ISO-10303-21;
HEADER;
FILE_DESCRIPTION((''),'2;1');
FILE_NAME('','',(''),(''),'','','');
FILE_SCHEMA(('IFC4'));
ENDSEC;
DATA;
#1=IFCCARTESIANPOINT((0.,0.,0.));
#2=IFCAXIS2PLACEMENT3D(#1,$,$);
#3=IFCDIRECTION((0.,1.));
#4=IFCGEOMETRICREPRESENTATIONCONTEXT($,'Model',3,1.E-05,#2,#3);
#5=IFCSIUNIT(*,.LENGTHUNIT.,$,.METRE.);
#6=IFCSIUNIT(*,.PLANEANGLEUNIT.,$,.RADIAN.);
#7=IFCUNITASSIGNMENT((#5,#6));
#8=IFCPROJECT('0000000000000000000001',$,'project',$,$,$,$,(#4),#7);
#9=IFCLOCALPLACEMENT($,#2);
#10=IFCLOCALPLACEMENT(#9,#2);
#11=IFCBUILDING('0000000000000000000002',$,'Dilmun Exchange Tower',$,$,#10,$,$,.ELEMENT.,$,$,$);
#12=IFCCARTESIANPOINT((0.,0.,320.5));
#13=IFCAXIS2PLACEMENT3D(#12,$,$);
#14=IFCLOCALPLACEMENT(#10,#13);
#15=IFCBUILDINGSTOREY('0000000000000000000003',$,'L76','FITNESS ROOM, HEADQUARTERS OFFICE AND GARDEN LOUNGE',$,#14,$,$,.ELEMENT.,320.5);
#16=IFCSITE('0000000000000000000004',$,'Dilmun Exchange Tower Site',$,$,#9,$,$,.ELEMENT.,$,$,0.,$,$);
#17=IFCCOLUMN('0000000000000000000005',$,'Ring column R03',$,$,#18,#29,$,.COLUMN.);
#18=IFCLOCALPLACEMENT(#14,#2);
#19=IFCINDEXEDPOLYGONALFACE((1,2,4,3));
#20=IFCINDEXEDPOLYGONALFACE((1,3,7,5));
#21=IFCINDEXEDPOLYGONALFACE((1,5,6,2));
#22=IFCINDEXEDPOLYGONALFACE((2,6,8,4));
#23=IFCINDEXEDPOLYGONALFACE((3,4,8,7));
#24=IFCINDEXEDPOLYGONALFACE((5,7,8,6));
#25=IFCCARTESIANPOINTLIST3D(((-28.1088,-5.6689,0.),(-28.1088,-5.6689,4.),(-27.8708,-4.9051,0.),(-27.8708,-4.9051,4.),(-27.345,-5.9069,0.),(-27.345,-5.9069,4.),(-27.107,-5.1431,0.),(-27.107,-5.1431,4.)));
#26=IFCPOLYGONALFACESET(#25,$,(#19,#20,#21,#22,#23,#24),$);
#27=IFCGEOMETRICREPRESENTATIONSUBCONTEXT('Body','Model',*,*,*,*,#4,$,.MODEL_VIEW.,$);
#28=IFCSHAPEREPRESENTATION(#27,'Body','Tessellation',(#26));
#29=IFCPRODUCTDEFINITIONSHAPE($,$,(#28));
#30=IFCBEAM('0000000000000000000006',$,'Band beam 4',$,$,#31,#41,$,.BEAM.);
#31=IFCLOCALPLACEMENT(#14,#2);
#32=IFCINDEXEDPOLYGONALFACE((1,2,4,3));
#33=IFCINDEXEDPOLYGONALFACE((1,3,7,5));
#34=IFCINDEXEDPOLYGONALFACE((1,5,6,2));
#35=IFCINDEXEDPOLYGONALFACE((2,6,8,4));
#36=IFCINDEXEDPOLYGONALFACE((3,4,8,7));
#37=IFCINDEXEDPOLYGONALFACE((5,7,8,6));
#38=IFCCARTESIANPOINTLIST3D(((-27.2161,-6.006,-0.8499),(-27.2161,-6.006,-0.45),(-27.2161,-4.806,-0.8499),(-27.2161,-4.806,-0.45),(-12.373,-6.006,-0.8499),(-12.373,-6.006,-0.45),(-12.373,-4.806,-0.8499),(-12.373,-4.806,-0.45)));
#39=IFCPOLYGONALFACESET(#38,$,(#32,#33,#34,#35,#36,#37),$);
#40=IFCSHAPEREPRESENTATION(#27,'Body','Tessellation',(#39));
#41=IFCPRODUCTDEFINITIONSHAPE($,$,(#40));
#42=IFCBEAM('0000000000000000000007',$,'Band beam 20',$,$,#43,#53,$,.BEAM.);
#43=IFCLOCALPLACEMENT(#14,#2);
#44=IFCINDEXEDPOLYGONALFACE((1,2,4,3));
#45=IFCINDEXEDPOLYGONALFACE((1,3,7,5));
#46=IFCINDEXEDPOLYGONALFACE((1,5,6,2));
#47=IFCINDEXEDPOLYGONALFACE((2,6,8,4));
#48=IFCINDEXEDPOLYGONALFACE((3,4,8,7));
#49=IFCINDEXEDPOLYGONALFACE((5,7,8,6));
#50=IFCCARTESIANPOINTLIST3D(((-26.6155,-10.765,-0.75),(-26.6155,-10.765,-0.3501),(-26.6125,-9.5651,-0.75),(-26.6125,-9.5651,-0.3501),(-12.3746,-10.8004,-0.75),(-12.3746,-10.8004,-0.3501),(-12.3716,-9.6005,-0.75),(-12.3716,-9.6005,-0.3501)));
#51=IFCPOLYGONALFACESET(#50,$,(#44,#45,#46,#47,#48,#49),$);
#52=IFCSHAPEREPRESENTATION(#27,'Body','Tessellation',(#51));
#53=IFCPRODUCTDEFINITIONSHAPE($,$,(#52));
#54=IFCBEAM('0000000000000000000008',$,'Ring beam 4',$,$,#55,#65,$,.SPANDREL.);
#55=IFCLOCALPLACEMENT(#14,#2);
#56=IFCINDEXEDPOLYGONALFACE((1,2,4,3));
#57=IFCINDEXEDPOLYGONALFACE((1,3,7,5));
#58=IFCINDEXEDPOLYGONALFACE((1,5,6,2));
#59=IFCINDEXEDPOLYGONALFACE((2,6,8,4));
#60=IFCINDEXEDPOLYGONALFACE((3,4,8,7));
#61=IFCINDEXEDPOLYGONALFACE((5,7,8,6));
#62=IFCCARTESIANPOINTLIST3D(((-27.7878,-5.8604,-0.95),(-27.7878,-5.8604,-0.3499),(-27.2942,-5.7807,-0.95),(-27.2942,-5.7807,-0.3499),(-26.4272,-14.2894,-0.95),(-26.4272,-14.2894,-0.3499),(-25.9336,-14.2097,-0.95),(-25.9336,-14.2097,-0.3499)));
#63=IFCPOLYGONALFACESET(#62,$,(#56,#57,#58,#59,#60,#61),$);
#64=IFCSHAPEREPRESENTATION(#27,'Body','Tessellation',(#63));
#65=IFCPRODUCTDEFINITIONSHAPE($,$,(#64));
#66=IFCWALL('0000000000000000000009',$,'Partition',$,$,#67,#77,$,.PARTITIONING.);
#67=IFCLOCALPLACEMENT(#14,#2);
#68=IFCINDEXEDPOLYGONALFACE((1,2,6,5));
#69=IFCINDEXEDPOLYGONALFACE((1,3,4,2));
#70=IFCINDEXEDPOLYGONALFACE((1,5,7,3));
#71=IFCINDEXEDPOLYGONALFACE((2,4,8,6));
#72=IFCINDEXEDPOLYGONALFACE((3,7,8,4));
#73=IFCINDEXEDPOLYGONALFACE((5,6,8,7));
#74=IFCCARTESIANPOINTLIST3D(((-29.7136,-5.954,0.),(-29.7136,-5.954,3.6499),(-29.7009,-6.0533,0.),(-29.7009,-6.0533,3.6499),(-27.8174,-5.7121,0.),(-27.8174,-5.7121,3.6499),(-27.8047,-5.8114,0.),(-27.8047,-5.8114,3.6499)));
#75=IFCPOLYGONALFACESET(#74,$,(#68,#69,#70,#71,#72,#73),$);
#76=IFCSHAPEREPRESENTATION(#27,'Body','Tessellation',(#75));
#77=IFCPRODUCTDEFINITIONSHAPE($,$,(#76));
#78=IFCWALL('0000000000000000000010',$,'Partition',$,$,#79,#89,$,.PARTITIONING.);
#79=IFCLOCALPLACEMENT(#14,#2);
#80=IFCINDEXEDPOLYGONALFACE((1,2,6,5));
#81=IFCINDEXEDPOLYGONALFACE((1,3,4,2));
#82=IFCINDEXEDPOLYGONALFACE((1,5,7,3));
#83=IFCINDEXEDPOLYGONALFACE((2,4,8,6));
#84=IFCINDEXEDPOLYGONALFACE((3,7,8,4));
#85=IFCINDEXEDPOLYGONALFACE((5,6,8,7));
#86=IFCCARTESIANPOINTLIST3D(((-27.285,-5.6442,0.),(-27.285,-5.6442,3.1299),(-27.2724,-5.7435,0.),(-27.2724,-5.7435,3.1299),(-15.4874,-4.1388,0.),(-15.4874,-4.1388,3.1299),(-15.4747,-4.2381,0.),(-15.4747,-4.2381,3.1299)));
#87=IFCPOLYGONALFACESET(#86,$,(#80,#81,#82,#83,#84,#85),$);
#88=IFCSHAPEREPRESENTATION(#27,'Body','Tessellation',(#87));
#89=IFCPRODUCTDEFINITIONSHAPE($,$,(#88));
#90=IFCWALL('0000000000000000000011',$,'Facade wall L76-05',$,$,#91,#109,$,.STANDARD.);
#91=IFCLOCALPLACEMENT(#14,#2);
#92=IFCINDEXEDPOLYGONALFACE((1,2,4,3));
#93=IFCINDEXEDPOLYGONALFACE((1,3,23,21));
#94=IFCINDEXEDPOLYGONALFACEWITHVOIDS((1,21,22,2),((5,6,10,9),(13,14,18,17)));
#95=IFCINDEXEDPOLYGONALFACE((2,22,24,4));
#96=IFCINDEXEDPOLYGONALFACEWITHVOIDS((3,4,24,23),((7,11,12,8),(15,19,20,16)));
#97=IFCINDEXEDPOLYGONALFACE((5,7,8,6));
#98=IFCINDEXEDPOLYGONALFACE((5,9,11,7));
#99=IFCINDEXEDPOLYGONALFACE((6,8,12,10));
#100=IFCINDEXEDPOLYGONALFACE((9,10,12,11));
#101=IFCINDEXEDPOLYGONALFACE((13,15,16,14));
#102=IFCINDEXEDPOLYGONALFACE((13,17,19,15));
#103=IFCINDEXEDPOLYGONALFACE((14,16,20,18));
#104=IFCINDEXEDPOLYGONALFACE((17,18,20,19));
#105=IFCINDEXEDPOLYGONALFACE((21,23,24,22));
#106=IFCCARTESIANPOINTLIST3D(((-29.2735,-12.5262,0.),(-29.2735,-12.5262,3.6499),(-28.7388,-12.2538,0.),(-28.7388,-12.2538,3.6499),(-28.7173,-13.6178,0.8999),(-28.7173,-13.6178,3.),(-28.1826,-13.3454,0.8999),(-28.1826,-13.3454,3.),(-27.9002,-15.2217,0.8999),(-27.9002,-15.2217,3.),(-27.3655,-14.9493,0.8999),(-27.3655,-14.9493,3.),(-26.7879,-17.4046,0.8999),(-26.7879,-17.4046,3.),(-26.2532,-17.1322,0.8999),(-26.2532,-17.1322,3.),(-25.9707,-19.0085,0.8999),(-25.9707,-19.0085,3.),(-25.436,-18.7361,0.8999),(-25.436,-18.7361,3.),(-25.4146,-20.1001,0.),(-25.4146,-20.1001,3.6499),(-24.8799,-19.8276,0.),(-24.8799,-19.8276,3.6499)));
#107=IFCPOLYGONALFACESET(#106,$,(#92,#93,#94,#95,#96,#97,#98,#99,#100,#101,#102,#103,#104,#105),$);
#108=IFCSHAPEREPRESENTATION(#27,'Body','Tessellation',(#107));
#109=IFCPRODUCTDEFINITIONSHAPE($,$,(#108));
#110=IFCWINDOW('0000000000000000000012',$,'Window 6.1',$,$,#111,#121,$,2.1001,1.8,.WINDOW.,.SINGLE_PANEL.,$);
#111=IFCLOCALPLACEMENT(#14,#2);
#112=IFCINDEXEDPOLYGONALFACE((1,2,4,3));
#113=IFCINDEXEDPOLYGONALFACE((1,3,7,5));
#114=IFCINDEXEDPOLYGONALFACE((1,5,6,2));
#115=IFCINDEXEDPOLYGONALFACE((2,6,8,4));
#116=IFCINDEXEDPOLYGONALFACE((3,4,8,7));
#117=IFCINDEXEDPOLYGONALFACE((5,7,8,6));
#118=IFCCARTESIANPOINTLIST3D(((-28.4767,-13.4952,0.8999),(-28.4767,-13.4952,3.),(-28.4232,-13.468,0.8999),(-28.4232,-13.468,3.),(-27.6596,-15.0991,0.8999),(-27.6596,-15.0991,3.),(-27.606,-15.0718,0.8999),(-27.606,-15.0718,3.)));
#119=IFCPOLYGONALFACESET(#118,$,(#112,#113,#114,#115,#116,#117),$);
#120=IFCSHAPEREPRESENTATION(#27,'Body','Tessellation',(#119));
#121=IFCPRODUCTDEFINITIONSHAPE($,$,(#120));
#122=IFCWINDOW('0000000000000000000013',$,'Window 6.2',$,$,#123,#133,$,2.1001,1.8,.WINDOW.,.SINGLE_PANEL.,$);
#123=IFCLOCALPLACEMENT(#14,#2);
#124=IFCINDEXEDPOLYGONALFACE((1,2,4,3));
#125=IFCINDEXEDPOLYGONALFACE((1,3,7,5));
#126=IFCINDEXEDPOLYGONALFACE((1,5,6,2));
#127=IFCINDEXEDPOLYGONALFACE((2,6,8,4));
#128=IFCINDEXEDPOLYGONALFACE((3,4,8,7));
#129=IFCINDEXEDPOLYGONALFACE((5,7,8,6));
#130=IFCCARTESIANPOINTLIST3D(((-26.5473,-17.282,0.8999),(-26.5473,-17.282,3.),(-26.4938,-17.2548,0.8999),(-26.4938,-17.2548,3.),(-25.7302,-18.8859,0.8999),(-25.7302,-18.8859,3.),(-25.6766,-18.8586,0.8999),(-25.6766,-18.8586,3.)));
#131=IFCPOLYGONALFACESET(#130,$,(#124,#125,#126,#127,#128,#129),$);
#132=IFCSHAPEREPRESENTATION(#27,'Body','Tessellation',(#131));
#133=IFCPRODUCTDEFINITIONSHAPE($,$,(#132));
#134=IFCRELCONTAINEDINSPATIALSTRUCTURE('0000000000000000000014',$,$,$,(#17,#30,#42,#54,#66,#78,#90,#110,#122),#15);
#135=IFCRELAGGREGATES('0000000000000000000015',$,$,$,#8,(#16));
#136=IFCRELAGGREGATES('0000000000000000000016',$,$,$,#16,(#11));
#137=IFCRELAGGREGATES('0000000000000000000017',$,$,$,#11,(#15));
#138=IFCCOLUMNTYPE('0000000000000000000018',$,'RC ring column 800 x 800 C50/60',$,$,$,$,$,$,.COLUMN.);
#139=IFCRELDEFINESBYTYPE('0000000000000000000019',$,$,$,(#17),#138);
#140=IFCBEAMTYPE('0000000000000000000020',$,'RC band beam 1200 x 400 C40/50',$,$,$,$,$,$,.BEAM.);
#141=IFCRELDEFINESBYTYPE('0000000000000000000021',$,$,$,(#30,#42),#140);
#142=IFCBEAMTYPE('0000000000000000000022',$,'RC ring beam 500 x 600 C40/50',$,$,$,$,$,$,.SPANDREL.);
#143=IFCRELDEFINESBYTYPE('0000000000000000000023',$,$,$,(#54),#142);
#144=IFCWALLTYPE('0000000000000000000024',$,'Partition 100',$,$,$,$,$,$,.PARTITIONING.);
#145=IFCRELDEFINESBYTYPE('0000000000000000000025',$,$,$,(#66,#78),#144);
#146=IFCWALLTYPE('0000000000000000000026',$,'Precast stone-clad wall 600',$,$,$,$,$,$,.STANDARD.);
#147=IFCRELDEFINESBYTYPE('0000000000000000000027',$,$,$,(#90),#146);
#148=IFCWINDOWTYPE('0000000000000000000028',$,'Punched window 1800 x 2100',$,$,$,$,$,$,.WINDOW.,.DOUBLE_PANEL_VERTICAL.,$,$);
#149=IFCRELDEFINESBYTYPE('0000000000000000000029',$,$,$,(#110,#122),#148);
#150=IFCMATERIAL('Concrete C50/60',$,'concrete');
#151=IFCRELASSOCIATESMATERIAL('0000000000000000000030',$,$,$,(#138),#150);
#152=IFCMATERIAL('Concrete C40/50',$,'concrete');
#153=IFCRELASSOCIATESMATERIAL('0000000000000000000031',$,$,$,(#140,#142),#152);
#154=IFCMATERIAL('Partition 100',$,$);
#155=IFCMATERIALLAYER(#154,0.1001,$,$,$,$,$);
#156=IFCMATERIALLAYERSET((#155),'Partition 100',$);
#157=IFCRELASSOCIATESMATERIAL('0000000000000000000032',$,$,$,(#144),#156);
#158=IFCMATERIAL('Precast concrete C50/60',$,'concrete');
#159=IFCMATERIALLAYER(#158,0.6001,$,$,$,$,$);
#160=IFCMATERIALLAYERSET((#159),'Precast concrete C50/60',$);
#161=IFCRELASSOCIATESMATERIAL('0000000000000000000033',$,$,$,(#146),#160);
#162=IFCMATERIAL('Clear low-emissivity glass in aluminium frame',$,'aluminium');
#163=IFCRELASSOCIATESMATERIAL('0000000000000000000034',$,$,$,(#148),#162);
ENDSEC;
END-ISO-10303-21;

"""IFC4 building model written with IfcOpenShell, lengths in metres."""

from ifc_helpers import new_model, si_unit, direction, frame, frame_2d, origin, origin_2d, place, context, subcontext, project, spatial, rectangle, extrude, material, layer, layer_set, material_profile, profile_set, type_object, element, fill, save


model = new_model("IFC4")

# Units and contexts
model_context = context("Model", 3, precision=1e-05, world=origin(), true_north=direction((0.0, 1.0)))
body_context = subcontext(model_context, "Body", "Model", "MODEL_VIEW")
ifc_project = project(units=[si_unit("LENGTHUNIT", "METRE"), si_unit("PLANEANGLEUNIT", "RADIAN")], contexts=[model_context])

# Site, building, storey
site_placement = place(None, origin())
site = spatial("IfcSite", under=ifc_project, at=site_placement, Name="Dilmun Exchange Tower Site", CompositionType="ELEMENT", RefElevation=0.0)
building_placement = place(site_placement, origin())
building = spatial("IfcBuilding", under=site, at=building_placement, Name="Dilmun Exchange Tower", CompositionType="ELEMENT")
storey_placement = place(building_placement, frame((0.0, 0.0, 320.5)))
storey = spatial("IfcBuildingStorey", under=building, at=storey_placement, Name="L76", Description="FITNESS ROOM, HEADQUARTERS OFFICE AND GARDEN LOUNGE", CompositionType="ELEMENT", Elevation=320.5)

# Column
ifc_material_1 = material(Name="Concrete C50/60", Category="concrete")
ifc_material_profile_1 = material_profile(ifc_material_1, rectangle(XDim=0.8, YDim=0.8, at=origin_2d()), Name="800 x 800")
ifc_profile_set_1 = profile_set([ifc_material_profile_1], Name="Concrete C50/60")
column_type = type_object("IfcColumnType", Name="RC ring column 800 x 800 C50/60", PredefinedType="COLUMN", material=ifc_profile_set_1)
column_placement = place(storey_placement, frame((-27.6079, -5.406, 0.0), z_axis=(0.0, 0.0, 1.0), x_axis=(0.297503, 0.954721, 0.0)))
element("IfcColumn", 1, at=column_placement, inside=storey, type_object=column_type, Name="Ring column R03", PredefinedType="COLUMN", context=body_context, shape_type="SweptSolid", body=[
    extrude(rectangle(XDim=0.8, YDim=0.8, at=origin_2d()), origin(), (0.0, 0.0, 1.0), 4.0),
])

# Beams
ifc_material_2 = material(Name="Concrete C40/50", Category="concrete")
ifc_material_profile_2 = material_profile(ifc_material_2, rectangle(XDim=1.2, YDim=0.3999, at=origin_2d()), Name="1200 x 400")
ifc_profile_set_2 = profile_set([ifc_material_profile_2], Name="Concrete C40/50")
beam_type_1 = type_object("IfcBeamType", Name="RC band beam 1200 x 400 C40/50", PredefinedType="BEAM", material=ifc_profile_set_2)
beam_1_placement = place(storey_placement, frame((-27.2161, -5.406, -0.6499), z_axis=(1.0, 0.0, 0.0), x_axis=(0.0, 1.0, 0.0)))
element("IfcBeam", 2, at=beam_1_placement, inside=storey, type_object=beam_type_1, Name="Band beam 4", PredefinedType="BEAM", context=body_context, shape_type="SweptSolid", body=[
    extrude(rectangle(XDim=1.2, YDim=0.3999, at=origin_2d()), origin(), (0.0, 0.0, 1.0), 14.843),
])
beam_2_placement = place(storey_placement, frame((-26.614, -10.165, -0.55), z_axis=(0.999997, -0.002486, 0.0), x_axis=(0.002486, 0.999997, 0.0)))
element("IfcBeam", 3, at=beam_2_placement, inside=storey, type_object=beam_type_1, Name="Band beam 20", PredefinedType="BEAM", context=body_context, shape_type="SweptSolid", body=[
    extrude(rectangle(XDim=1.2, YDim=0.3999, at=origin_2d()), origin(), (0.0, 0.0, 1.0), 14.241),
])
ifc_material_profile_3 = material_profile(ifc_material_2, rectangle(XDim=0.5, YDim=0.6001, at=origin_2d()), Name="500 x 600")
ifc_profile_set_3 = profile_set([ifc_material_profile_3], Name="Concrete C40/50")
beam_type_2 = type_object("IfcBeamType", Name="RC ring beam 500 x 600 C40/50", PredefinedType="SPANDREL", material=ifc_profile_set_3)
beam_3_placement = place(storey_placement, frame((-27.541, -5.8206, -0.6499), z_axis=(0.159357, -0.987221, 0.0), x_axis=(0.987221, 0.159357, 0.0)))
element("IfcBeam", 4, at=beam_3_placement, inside=storey, type_object=beam_type_2, Name="Ring beam 4", PredefinedType="SPANDREL", context=body_context, shape_type="SweptSolid", body=[
    extrude(rectangle(XDim=0.5, YDim=0.6001, at=origin_2d()), origin(), (0.0, 0.0, 1.0), 8.5381),
])

# Walls
ifc_material_3 = material(Name="Partition 100")
ifc_layer_1 = layer(ifc_material_3, 0.1001)
ifc_layer_set_1 = layer_set([ifc_layer_1], Name="Partition 100")
wall_type_1 = type_object("IfcWallType", Name="Partition 100", PredefinedType="PARTITIONING", material=ifc_layer_set_1)
wall_1_placement = place(storey_placement, frame((-29.7073, -6.0037, 0.0), z_axis=(0.0, 0.0, 1.0), x_axis=(0.991958, 0.126565, 0.0)))
element("IfcWall", 5, at=wall_1_placement, inside=storey, type_object=wall_type_1, Name="Partition", PredefinedType="PARTITIONING", context=body_context, shape_type="SweptSolid", body=[
    extrude(rectangle(XDim=1.9116, YDim=0.1001, at=frame_2d((0.9558, 0.0))), origin(), (0.0, 0.0, 1.0), 3.6499),
])
wall_2_placement = place(storey_placement, frame((-27.2788, -5.6938, 0.0), z_axis=(0.0, 0.0, 1.0), x_axis=(0.991957, 0.126573, 0.0)))
element("IfcWall", 6, at=wall_2_placement, inside=storey, type_object=wall_type_1, Name="Partition", PredefinedType="PARTITIONING", context=body_context, shape_type="SweptSolid", body=[
    extrude(rectangle(XDim=11.8933, YDim=0.1001, at=frame_2d((5.9468, 0.0))), origin(), (0.0, 0.0, 1.0), 3.1299),
])

# Wall, openings, windows
ifc_material_4 = material(Name="Precast concrete C50/60", Category="concrete")
ifc_layer_2 = layer(ifc_material_4, 0.6001)
ifc_layer_set_2 = layer_set([ifc_layer_2], Name="Precast concrete C50/60")
wall_type_2 = type_object("IfcWallType", Name="Precast stone-clad wall 600", PredefinedType="STANDARD", material=ifc_layer_set_2)
wall_3_placement = place(storey_placement, frame((-29.0061, -12.3901, 0.0), z_axis=(0.0, 0.0, 1.0), x_axis=(0.453979, -0.891012, 0.0)))
wall_3 = element("IfcWall", 7, at=wall_3_placement, inside=storey, type_object=wall_type_2, Name="Facade wall L76-05", PredefinedType="STANDARD", context=body_context, shape_type="SweptSolid", body=[
    extrude(rectangle(XDim=8.5002, YDim=0.6001, at=frame_2d((4.25, 0.0))), origin(), (0.0, 0.0, 1.0), 3.6499),
])
opening_1_placement = place(wall_3_placement, frame((1.2251, 0.0, 0.8999)))
opening_1 = element("IfcOpeningElement", 8, at=opening_1_placement, cuts=wall_3, PredefinedType="OPENING", context=body_context, shape_type="SweptSolid", body=[
    extrude(rectangle(XDim=1.8, YDim=2.1001, at=frame_2d((0.8999, 1.05))), frame((0.0, 0.3101, 0.0), z_axis=(0.0, -1.0, 0.0), x_axis=(1.0, 0.0, 0.0)), (0.0, 0.0, 1.0), 0.6201),
])
opening_2_placement = place(wall_3_placement, frame((5.4751, 0.0, 0.8999)))
opening_2 = element("IfcOpeningElement", 9, at=opening_2_placement, cuts=wall_3, PredefinedType="OPENING", context=body_context, shape_type="SweptSolid", body=[
    extrude(rectangle(XDim=1.8, YDim=2.1001, at=frame_2d((0.8999, 1.05))), frame((0.0, 0.3101, 0.0), z_axis=(0.0, -1.0, 0.0), x_axis=(1.0, 0.0, 0.0)), (0.0, 0.0, 1.0), 0.6201),
])
ifc_material_5 = material(Name="Clear low-emissivity glass in aluminium frame", Category="aluminium")
window_type = type_object("IfcWindowType", Name="Punched window 1800 x 2100", PartitioningType="DOUBLE_PANEL_VERTICAL", PredefinedType="WINDOW", material=ifc_material_5)
window_1_placement = place(opening_1_placement, origin())
window_1 = element("IfcWindow", 10, at=window_1_placement, inside=storey, type_object=window_type, Name="Window 6.1", OverallHeight=2.1001, OverallWidth=1.8, PartitioningType="SINGLE_PANEL", PredefinedType="WINDOW", context=body_context, shape_type="SweptSolid", body=[
    extrude(rectangle(XDim=1.8, YDim=2.1001, at=frame_2d((0.8999, 1.05))), frame((0.0, 0.03, 0.0), z_axis=(0.0, -1.0, 0.0), x_axis=(1.0, 0.0, 0.0)), (0.0, 0.0, 1.0), 0.0601),
])
fill(opening_1, window_1)
window_2_placement = place(opening_2_placement, origin())
window_2 = element("IfcWindow", 11, at=window_2_placement, inside=storey, type_object=window_type, Name="Window 6.2", OverallHeight=2.1001, OverallWidth=1.8, PartitioningType="SINGLE_PANEL", PredefinedType="WINDOW", context=body_context, shape_type="SweptSolid", body=[
    extrude(rectangle(XDim=1.8, YDim=2.1001, at=frame_2d((0.8999, 1.05))), frame((0.0, 0.03, 0.0), z_axis=(0.0, -1.0, 0.0), x_axis=(1.0, 0.0, 0.0)), (0.0, 0.0, 1.0), 0.0601),
])
fill(opening_2, window_2)

save(model, "model.ifc")
